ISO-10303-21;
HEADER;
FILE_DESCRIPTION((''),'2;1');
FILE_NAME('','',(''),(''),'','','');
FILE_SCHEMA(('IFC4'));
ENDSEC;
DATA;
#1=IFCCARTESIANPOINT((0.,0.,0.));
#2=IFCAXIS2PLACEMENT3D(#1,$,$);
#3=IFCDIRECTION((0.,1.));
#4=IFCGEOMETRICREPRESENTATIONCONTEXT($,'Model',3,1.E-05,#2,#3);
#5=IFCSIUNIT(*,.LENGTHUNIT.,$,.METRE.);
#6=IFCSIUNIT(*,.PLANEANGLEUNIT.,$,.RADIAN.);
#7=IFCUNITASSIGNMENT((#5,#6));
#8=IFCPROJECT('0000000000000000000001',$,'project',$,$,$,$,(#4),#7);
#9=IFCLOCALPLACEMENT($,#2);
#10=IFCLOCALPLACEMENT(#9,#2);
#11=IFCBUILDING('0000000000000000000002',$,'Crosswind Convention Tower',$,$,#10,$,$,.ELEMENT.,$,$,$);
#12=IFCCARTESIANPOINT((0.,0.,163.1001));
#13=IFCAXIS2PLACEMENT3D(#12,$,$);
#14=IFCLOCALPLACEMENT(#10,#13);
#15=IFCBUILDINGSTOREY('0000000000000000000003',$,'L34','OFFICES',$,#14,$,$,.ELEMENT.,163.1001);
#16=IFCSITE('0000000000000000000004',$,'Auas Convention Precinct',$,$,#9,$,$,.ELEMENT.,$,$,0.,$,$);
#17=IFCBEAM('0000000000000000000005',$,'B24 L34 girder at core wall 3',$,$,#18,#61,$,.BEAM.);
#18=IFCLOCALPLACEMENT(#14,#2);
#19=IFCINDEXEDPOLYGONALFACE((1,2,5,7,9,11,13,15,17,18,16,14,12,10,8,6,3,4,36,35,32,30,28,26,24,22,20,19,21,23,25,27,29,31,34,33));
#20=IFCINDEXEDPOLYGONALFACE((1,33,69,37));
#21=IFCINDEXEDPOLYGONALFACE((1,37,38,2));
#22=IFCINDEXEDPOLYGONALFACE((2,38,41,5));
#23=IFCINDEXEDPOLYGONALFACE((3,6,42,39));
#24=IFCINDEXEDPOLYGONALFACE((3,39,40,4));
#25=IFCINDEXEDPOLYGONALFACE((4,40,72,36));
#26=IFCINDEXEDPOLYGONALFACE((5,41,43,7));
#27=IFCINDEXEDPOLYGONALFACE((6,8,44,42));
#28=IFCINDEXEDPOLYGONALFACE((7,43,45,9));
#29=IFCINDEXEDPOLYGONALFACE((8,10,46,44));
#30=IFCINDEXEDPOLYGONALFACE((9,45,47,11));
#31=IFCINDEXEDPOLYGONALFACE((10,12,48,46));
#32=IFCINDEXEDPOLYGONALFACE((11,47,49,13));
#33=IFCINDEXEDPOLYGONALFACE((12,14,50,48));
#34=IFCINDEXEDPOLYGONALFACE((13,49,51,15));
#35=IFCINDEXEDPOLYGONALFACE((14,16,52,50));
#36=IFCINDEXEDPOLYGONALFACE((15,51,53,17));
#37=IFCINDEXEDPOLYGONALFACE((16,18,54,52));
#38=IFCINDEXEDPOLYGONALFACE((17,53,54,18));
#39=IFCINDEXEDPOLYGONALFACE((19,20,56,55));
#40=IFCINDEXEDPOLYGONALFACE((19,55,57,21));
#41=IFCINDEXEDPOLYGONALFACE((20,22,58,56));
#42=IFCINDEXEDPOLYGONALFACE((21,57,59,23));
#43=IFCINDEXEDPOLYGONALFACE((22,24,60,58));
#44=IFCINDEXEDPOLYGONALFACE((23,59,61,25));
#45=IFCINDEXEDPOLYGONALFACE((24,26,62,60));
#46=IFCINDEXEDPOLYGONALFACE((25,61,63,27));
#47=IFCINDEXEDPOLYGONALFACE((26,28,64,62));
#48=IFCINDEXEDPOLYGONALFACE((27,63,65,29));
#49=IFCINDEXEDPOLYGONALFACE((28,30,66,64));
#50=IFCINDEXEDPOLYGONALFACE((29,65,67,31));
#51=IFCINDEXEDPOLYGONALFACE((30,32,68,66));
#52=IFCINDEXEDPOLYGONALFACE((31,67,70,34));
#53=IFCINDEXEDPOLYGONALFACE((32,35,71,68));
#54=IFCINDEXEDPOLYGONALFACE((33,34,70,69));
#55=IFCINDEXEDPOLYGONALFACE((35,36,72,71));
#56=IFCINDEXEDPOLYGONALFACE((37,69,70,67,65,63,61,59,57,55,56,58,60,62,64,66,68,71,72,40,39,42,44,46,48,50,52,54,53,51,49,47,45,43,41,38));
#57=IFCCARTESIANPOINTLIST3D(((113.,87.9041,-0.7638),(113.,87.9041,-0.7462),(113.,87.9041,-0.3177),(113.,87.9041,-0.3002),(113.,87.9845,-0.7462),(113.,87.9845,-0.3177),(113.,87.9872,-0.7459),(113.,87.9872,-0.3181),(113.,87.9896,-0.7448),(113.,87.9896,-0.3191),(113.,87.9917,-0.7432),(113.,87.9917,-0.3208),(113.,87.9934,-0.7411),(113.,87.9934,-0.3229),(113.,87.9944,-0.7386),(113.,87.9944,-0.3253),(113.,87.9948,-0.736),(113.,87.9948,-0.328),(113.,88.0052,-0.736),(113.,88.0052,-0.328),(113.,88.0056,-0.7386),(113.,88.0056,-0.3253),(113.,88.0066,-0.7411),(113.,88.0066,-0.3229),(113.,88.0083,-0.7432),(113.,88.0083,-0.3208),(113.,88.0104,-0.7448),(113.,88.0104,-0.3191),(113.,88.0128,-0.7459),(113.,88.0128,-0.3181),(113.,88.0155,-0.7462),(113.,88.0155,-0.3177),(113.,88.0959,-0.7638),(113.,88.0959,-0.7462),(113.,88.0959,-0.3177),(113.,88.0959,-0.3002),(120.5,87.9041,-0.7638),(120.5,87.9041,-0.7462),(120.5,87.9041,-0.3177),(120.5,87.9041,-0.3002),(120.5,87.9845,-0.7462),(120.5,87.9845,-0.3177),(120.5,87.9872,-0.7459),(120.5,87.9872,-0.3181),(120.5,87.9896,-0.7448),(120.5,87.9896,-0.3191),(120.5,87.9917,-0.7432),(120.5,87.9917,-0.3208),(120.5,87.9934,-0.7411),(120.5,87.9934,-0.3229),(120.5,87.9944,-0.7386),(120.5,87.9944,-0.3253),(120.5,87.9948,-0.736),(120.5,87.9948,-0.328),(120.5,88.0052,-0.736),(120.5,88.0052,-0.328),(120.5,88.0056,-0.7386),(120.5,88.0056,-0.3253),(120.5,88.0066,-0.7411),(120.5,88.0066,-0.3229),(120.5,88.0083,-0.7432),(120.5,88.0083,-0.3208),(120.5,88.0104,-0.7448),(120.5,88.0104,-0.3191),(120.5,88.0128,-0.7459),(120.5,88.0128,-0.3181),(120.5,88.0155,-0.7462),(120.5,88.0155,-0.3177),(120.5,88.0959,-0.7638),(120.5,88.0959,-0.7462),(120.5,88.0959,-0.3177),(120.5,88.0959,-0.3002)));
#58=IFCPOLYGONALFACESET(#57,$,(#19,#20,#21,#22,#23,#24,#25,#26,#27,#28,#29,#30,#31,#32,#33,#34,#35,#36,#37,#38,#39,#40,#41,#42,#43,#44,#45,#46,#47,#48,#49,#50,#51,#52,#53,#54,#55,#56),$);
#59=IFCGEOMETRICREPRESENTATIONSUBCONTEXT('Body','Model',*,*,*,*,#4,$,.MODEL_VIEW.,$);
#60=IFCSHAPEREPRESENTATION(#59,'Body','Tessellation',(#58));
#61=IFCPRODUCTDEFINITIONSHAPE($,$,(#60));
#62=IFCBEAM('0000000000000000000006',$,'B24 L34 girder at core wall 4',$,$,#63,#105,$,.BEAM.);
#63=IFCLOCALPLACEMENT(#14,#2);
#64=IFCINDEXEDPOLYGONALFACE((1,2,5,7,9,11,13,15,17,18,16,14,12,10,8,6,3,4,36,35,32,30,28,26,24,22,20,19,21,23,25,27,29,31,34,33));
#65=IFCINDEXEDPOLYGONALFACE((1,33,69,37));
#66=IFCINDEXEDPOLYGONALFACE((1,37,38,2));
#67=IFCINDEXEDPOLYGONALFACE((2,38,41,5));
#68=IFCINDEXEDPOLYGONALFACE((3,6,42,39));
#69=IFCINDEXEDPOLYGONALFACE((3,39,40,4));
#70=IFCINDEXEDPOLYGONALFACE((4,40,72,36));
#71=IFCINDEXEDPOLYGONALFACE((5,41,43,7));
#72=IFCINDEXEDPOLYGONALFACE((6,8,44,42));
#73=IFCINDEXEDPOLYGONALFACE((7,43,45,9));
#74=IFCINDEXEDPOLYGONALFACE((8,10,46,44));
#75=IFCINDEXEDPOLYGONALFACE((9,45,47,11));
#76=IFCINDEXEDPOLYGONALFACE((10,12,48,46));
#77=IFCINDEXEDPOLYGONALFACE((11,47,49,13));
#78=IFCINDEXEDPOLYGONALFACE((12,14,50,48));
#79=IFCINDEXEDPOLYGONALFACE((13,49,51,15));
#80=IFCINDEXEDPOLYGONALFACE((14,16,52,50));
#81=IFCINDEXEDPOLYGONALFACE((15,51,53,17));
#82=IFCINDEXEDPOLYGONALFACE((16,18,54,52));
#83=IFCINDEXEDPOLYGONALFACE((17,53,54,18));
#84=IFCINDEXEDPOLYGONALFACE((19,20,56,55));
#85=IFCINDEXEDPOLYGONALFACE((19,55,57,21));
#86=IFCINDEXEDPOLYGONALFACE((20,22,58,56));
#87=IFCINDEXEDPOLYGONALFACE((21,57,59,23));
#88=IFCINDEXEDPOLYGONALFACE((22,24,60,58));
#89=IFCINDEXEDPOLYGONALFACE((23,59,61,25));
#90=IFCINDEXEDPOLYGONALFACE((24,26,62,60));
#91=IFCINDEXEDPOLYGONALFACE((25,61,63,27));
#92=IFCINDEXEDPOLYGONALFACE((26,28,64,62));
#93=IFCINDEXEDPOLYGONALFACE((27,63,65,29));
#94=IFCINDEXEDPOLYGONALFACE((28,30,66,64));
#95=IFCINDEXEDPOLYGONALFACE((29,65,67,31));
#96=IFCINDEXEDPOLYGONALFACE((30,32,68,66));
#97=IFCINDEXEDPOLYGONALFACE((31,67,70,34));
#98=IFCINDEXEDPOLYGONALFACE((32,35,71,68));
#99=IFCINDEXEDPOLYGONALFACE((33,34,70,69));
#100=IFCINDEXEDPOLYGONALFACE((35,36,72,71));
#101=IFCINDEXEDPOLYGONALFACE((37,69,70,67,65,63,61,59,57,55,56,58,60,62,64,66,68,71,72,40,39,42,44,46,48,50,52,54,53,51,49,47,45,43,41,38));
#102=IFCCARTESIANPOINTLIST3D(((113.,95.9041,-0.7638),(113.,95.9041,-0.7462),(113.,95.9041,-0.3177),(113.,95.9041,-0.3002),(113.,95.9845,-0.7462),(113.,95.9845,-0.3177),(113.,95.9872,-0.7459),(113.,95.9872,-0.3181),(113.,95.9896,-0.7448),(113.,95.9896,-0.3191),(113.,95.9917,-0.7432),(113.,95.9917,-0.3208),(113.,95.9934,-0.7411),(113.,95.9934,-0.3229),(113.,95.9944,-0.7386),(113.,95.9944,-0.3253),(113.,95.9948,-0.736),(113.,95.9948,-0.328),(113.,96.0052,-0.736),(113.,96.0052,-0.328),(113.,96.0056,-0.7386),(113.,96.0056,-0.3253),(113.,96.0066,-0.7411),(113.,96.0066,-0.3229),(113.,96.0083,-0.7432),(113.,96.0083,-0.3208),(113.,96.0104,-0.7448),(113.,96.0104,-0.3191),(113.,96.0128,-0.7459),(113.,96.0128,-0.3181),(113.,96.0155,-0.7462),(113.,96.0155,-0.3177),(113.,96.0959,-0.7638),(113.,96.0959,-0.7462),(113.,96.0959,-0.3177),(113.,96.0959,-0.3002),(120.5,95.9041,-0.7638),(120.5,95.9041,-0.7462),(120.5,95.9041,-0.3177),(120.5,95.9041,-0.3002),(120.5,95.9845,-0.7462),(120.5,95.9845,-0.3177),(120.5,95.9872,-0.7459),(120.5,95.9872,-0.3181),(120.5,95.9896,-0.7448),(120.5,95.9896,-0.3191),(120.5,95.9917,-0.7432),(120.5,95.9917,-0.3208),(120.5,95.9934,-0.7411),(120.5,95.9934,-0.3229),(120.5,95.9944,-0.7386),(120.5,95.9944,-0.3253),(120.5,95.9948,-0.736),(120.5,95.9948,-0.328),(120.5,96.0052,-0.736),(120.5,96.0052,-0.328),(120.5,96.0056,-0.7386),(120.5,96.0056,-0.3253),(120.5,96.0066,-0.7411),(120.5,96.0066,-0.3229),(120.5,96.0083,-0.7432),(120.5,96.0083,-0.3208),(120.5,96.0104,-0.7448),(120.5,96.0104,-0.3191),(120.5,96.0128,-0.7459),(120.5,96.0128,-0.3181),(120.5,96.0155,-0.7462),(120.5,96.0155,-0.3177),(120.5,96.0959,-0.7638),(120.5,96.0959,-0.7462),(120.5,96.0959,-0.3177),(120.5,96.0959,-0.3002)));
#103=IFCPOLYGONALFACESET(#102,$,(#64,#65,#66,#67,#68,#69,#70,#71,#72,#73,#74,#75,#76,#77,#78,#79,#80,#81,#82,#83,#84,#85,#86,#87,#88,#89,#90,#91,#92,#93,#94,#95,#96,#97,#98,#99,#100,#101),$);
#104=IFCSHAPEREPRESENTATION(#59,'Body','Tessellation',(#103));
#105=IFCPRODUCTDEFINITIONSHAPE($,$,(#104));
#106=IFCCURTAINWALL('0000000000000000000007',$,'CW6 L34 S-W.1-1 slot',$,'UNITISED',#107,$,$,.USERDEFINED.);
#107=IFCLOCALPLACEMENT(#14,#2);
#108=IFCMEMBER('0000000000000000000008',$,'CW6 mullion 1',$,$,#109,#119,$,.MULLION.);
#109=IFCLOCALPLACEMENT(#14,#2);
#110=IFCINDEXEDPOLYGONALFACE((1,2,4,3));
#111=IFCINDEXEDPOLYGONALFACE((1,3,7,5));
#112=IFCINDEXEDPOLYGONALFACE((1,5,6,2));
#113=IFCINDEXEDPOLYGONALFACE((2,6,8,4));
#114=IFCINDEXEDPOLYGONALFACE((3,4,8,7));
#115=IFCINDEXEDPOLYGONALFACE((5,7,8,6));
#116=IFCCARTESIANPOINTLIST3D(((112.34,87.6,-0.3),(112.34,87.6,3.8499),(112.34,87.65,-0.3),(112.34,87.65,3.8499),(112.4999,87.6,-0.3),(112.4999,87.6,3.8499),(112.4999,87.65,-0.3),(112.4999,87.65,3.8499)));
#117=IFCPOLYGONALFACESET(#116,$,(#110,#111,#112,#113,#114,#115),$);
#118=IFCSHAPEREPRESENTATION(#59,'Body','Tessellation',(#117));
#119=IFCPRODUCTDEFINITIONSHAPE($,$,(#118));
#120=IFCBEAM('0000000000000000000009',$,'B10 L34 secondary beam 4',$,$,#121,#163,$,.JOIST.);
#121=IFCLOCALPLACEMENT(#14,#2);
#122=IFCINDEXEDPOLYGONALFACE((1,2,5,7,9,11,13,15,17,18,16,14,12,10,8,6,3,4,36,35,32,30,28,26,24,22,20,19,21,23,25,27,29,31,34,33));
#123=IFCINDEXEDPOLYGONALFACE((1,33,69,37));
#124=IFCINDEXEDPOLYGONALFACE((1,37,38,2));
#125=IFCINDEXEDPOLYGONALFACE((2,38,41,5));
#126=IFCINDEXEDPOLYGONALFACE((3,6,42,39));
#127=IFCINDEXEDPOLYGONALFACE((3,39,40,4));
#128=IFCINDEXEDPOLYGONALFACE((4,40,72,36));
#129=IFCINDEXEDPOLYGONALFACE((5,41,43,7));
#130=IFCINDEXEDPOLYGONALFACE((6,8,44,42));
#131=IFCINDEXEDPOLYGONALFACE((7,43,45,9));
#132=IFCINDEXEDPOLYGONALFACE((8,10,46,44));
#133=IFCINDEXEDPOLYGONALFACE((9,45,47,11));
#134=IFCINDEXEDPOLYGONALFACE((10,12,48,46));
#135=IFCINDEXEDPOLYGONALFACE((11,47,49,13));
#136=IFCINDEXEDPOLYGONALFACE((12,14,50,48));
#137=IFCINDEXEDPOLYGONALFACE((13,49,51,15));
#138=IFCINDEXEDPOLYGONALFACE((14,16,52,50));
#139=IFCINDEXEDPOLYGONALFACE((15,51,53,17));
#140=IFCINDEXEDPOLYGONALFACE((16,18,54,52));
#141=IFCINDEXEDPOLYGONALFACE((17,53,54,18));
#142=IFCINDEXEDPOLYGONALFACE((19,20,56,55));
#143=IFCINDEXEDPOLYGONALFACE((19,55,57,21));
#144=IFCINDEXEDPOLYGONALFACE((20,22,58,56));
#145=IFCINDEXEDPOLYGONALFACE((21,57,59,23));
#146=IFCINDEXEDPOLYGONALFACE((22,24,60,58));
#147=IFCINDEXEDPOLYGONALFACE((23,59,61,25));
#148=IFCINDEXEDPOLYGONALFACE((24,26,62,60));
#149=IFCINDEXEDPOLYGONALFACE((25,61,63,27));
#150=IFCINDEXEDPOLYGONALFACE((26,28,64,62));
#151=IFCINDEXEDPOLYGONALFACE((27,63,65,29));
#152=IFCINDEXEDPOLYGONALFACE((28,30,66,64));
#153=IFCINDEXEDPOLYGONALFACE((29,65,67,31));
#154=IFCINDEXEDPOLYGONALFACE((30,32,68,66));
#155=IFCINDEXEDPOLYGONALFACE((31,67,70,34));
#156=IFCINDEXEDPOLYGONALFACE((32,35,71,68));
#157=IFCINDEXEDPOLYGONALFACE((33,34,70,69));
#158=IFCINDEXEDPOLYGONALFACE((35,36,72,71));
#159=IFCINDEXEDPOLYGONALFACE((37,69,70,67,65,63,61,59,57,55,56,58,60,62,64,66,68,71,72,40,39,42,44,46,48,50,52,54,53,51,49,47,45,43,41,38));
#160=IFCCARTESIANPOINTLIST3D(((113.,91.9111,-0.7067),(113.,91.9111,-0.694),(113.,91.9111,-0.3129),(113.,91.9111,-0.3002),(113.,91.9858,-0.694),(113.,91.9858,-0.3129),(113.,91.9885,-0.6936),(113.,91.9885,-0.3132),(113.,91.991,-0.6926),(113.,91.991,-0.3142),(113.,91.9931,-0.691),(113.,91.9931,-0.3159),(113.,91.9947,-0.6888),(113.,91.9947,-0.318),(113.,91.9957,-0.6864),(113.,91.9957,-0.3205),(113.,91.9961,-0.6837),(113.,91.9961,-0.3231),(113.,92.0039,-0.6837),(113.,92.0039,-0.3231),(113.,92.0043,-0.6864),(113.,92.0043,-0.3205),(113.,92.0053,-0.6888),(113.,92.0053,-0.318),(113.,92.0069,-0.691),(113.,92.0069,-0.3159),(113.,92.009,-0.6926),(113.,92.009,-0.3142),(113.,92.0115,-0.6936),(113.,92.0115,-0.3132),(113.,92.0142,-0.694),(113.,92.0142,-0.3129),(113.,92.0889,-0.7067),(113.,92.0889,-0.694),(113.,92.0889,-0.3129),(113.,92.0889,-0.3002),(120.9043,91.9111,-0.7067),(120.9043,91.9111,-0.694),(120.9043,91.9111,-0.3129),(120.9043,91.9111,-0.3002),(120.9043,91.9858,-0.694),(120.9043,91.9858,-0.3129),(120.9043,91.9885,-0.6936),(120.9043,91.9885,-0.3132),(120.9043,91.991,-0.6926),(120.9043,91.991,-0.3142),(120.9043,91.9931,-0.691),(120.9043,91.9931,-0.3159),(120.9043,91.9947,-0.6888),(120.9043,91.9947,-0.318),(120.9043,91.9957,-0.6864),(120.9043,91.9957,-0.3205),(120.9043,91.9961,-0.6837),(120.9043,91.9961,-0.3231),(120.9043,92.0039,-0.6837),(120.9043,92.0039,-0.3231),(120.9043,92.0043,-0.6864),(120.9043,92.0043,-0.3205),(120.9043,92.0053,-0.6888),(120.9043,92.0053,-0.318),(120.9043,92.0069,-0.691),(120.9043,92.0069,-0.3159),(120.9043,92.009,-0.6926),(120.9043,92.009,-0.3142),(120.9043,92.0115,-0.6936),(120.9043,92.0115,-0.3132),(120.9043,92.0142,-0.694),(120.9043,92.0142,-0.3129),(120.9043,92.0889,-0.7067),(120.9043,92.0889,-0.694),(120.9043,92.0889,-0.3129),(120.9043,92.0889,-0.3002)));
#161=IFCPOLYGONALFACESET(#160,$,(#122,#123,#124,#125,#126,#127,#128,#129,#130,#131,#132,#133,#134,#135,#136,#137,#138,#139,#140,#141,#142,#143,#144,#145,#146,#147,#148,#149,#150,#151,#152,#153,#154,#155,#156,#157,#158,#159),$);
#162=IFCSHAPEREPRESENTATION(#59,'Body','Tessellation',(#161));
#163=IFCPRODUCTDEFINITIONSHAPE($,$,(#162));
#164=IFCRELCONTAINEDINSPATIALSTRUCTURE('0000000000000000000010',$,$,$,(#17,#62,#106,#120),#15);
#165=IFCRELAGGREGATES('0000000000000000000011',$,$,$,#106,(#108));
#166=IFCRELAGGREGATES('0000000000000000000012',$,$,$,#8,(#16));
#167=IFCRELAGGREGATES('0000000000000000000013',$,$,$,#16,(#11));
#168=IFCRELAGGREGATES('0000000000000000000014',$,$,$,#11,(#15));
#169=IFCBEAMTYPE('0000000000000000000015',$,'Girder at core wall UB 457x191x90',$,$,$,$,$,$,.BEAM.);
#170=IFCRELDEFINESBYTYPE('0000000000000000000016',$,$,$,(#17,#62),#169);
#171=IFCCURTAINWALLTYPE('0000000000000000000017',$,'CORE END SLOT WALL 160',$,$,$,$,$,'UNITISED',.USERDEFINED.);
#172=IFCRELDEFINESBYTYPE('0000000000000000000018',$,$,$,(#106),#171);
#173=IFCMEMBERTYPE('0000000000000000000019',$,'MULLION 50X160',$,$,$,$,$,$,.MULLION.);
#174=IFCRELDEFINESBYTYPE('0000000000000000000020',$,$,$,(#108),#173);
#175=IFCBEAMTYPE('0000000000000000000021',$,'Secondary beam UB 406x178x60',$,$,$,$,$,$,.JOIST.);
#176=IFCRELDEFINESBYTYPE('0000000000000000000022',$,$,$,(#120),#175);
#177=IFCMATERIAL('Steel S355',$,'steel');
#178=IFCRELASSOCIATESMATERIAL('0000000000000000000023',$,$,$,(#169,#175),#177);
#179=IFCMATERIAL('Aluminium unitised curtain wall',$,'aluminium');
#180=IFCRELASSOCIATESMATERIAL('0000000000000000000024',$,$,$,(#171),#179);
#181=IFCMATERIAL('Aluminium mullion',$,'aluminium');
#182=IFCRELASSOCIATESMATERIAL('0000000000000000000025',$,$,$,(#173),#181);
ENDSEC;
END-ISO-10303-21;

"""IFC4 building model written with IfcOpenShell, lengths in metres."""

from ifc_helpers import new_model, si_unit, direction, frame, origin, origin_2d, place, context, subcontext, project, spatial, rectangle, i_section, extrude, material, material_profile, profile_set, type_object, element, aggregate, save


model = new_model("IFC4")

# Units and contexts
model_context = context("Model", 3, precision=1e-05, world=origin(), true_north=direction((0.0, 1.0)))
body_context = subcontext(model_context, "Body", "Model", "MODEL_VIEW")
ifc_project = project(units=[si_unit("LENGTHUNIT", "METRE"), si_unit("PLANEANGLEUNIT", "RADIAN")], contexts=[model_context])

# Site, building, storey
site_placement = place(None, origin())
site = spatial("IfcSite", under=ifc_project, at=site_placement, Name="Auas Convention Precinct", CompositionType="ELEMENT", RefElevation=0.0)
building_placement = place(site_placement, origin())
building = spatial("IfcBuilding", under=site, at=building_placement, Name="Crosswind Convention Tower", CompositionType="ELEMENT")
storey_placement = place(building_placement, frame((0.0, 0.0, 163.1001)))
storey = spatial("IfcBuildingStorey", under=building, at=storey_placement, Name="L34", Description="OFFICES", CompositionType="ELEMENT", Elevation=163.1001)

# Beams
ifc_material_1 = material(Name="Steel S355", Category="steel")
ifc_material_profile_1 = material_profile(ifc_material_1, i_section(OverallWidth=0.1919, OverallDepth=0.4636, WebThickness=0.0105, FlangeThickness=0.0176, FilletRadius=0.0103, at=origin_2d()), Name="UB 457x191x90")
ifc_profile_set_1 = profile_set([ifc_material_profile_1], Name="Steel S355")
beam_type_1 = type_object("IfcBeamType", Name="Girder at core wall UB 457x191x90", PredefinedType="BEAM", material=ifc_profile_set_1)
for number, where, z_axis, x_axis, name in (
    (1, (113.0, 88.0, -0.532), (1.0, 0.0, 0.0), (0.0, 1.0, 0.0), "B24 L34 girder at core wall 3"),
    (2, (113.0, 96.0, -0.532), (1.0, 0.0, 0.0), (0.0, 1.0, 0.0), "B24 L34 girder at core wall 4"),
):
    element("IfcBeam", number, at=place(storey_placement, frame(where, z_axis=z_axis, x_axis=x_axis)), inside=storey, type_object=beam_type_1, Name=name, PredefinedType="BEAM", context=body_context, shape_type="SweptSolid", body=[
        extrude(i_section(OverallWidth=0.1919, OverallDepth=0.4636, WebThickness=0.0105, FlangeThickness=0.0176, FilletRadius=0.0103, at=origin_2d()), origin(), (0.0, 0.0, 1.0), 7.5),
    ])

# Curtain wall, member
ifc_material_2 = material(Name="Aluminium unitised curtain wall", Category="aluminium")
curtain_wall_type = type_object("IfcCurtainWallType", Name="CORE END SLOT WALL 160", ElementType="UNITISED", PredefinedType="USERDEFINED", material=ifc_material_2)
curtain_wall_placement = place(storey_placement, origin())
curtain_wall = element("IfcCurtainWall", 3, at=curtain_wall_placement, inside=storey, type_object=curtain_wall_type, Name="CW6 L34 S-W.1-1 slot", ObjectType="UNITISED", PredefinedType="USERDEFINED")
ifc_material_3 = material(Name="Aluminium mullion", Category="aluminium")
ifc_material_profile_2 = material_profile(ifc_material_3, rectangle(XDim=0.1599, YDim=0.05, at=origin_2d()), Name="AL 160X50")
ifc_profile_set_2 = profile_set([ifc_material_profile_2], Name="Aluminium mullion")
member_type_1 = type_object("IfcMemberType", Name="MULLION 50X160", PredefinedType="MULLION", material=ifc_profile_set_2)
member_1_placement = place(storey_placement, frame((112.4199, 87.625, -0.3), z_axis=(0.0, 0.0, 1.0), x_axis=(-1.0, 0.0, 0.0)))
member_1 = element("IfcMember", 4, at=member_1_placement, type_object=member_type_1, Name="CW6 mullion 1", PredefinedType="MULLION", context=body_context, shape_type="SweptSolid", body=[
    extrude(rectangle(XDim=0.1599, YDim=0.05, at=origin_2d()), origin(), (0.0, 0.0, 1.0), 4.1499),
])

# Beam
ifc_material_profile_3 = material_profile(ifc_material_1, i_section(OverallWidth=0.1777, OverallDepth=0.4065, WebThickness=0.0078, FlangeThickness=0.0127, FilletRadius=0.0103, at=origin_2d()), Name="UB 406x178x60")
ifc_profile_set_3 = profile_set([ifc_material_profile_3], Name="Steel S355")
beam_type_2 = type_object("IfcBeamType", Name="Secondary beam UB 406x178x60", PredefinedType="JOIST", material=ifc_profile_set_3)
beam_1_placement = place(storey_placement, frame((113.0, 92.0, -0.5034), z_axis=(1.0, 0.0, 0.0), x_axis=(0.0, 1.0, 0.0)))
element("IfcBeam", 5, at=beam_1_placement, inside=storey, type_object=beam_type_2, Name="B10 L34 secondary beam 4", PredefinedType="JOIST", context=body_context, shape_type="SweptSolid", body=[
    extrude(i_section(OverallWidth=0.1777, OverallDepth=0.4065, WebThickness=0.0078, FlangeThickness=0.0127, FilletRadius=0.0103, at=origin_2d()), origin(), (0.0, 0.0, 1.0), 7.9043),
])

aggregate(curtain_wall, [member_1])

save(model, "model.ifc")
